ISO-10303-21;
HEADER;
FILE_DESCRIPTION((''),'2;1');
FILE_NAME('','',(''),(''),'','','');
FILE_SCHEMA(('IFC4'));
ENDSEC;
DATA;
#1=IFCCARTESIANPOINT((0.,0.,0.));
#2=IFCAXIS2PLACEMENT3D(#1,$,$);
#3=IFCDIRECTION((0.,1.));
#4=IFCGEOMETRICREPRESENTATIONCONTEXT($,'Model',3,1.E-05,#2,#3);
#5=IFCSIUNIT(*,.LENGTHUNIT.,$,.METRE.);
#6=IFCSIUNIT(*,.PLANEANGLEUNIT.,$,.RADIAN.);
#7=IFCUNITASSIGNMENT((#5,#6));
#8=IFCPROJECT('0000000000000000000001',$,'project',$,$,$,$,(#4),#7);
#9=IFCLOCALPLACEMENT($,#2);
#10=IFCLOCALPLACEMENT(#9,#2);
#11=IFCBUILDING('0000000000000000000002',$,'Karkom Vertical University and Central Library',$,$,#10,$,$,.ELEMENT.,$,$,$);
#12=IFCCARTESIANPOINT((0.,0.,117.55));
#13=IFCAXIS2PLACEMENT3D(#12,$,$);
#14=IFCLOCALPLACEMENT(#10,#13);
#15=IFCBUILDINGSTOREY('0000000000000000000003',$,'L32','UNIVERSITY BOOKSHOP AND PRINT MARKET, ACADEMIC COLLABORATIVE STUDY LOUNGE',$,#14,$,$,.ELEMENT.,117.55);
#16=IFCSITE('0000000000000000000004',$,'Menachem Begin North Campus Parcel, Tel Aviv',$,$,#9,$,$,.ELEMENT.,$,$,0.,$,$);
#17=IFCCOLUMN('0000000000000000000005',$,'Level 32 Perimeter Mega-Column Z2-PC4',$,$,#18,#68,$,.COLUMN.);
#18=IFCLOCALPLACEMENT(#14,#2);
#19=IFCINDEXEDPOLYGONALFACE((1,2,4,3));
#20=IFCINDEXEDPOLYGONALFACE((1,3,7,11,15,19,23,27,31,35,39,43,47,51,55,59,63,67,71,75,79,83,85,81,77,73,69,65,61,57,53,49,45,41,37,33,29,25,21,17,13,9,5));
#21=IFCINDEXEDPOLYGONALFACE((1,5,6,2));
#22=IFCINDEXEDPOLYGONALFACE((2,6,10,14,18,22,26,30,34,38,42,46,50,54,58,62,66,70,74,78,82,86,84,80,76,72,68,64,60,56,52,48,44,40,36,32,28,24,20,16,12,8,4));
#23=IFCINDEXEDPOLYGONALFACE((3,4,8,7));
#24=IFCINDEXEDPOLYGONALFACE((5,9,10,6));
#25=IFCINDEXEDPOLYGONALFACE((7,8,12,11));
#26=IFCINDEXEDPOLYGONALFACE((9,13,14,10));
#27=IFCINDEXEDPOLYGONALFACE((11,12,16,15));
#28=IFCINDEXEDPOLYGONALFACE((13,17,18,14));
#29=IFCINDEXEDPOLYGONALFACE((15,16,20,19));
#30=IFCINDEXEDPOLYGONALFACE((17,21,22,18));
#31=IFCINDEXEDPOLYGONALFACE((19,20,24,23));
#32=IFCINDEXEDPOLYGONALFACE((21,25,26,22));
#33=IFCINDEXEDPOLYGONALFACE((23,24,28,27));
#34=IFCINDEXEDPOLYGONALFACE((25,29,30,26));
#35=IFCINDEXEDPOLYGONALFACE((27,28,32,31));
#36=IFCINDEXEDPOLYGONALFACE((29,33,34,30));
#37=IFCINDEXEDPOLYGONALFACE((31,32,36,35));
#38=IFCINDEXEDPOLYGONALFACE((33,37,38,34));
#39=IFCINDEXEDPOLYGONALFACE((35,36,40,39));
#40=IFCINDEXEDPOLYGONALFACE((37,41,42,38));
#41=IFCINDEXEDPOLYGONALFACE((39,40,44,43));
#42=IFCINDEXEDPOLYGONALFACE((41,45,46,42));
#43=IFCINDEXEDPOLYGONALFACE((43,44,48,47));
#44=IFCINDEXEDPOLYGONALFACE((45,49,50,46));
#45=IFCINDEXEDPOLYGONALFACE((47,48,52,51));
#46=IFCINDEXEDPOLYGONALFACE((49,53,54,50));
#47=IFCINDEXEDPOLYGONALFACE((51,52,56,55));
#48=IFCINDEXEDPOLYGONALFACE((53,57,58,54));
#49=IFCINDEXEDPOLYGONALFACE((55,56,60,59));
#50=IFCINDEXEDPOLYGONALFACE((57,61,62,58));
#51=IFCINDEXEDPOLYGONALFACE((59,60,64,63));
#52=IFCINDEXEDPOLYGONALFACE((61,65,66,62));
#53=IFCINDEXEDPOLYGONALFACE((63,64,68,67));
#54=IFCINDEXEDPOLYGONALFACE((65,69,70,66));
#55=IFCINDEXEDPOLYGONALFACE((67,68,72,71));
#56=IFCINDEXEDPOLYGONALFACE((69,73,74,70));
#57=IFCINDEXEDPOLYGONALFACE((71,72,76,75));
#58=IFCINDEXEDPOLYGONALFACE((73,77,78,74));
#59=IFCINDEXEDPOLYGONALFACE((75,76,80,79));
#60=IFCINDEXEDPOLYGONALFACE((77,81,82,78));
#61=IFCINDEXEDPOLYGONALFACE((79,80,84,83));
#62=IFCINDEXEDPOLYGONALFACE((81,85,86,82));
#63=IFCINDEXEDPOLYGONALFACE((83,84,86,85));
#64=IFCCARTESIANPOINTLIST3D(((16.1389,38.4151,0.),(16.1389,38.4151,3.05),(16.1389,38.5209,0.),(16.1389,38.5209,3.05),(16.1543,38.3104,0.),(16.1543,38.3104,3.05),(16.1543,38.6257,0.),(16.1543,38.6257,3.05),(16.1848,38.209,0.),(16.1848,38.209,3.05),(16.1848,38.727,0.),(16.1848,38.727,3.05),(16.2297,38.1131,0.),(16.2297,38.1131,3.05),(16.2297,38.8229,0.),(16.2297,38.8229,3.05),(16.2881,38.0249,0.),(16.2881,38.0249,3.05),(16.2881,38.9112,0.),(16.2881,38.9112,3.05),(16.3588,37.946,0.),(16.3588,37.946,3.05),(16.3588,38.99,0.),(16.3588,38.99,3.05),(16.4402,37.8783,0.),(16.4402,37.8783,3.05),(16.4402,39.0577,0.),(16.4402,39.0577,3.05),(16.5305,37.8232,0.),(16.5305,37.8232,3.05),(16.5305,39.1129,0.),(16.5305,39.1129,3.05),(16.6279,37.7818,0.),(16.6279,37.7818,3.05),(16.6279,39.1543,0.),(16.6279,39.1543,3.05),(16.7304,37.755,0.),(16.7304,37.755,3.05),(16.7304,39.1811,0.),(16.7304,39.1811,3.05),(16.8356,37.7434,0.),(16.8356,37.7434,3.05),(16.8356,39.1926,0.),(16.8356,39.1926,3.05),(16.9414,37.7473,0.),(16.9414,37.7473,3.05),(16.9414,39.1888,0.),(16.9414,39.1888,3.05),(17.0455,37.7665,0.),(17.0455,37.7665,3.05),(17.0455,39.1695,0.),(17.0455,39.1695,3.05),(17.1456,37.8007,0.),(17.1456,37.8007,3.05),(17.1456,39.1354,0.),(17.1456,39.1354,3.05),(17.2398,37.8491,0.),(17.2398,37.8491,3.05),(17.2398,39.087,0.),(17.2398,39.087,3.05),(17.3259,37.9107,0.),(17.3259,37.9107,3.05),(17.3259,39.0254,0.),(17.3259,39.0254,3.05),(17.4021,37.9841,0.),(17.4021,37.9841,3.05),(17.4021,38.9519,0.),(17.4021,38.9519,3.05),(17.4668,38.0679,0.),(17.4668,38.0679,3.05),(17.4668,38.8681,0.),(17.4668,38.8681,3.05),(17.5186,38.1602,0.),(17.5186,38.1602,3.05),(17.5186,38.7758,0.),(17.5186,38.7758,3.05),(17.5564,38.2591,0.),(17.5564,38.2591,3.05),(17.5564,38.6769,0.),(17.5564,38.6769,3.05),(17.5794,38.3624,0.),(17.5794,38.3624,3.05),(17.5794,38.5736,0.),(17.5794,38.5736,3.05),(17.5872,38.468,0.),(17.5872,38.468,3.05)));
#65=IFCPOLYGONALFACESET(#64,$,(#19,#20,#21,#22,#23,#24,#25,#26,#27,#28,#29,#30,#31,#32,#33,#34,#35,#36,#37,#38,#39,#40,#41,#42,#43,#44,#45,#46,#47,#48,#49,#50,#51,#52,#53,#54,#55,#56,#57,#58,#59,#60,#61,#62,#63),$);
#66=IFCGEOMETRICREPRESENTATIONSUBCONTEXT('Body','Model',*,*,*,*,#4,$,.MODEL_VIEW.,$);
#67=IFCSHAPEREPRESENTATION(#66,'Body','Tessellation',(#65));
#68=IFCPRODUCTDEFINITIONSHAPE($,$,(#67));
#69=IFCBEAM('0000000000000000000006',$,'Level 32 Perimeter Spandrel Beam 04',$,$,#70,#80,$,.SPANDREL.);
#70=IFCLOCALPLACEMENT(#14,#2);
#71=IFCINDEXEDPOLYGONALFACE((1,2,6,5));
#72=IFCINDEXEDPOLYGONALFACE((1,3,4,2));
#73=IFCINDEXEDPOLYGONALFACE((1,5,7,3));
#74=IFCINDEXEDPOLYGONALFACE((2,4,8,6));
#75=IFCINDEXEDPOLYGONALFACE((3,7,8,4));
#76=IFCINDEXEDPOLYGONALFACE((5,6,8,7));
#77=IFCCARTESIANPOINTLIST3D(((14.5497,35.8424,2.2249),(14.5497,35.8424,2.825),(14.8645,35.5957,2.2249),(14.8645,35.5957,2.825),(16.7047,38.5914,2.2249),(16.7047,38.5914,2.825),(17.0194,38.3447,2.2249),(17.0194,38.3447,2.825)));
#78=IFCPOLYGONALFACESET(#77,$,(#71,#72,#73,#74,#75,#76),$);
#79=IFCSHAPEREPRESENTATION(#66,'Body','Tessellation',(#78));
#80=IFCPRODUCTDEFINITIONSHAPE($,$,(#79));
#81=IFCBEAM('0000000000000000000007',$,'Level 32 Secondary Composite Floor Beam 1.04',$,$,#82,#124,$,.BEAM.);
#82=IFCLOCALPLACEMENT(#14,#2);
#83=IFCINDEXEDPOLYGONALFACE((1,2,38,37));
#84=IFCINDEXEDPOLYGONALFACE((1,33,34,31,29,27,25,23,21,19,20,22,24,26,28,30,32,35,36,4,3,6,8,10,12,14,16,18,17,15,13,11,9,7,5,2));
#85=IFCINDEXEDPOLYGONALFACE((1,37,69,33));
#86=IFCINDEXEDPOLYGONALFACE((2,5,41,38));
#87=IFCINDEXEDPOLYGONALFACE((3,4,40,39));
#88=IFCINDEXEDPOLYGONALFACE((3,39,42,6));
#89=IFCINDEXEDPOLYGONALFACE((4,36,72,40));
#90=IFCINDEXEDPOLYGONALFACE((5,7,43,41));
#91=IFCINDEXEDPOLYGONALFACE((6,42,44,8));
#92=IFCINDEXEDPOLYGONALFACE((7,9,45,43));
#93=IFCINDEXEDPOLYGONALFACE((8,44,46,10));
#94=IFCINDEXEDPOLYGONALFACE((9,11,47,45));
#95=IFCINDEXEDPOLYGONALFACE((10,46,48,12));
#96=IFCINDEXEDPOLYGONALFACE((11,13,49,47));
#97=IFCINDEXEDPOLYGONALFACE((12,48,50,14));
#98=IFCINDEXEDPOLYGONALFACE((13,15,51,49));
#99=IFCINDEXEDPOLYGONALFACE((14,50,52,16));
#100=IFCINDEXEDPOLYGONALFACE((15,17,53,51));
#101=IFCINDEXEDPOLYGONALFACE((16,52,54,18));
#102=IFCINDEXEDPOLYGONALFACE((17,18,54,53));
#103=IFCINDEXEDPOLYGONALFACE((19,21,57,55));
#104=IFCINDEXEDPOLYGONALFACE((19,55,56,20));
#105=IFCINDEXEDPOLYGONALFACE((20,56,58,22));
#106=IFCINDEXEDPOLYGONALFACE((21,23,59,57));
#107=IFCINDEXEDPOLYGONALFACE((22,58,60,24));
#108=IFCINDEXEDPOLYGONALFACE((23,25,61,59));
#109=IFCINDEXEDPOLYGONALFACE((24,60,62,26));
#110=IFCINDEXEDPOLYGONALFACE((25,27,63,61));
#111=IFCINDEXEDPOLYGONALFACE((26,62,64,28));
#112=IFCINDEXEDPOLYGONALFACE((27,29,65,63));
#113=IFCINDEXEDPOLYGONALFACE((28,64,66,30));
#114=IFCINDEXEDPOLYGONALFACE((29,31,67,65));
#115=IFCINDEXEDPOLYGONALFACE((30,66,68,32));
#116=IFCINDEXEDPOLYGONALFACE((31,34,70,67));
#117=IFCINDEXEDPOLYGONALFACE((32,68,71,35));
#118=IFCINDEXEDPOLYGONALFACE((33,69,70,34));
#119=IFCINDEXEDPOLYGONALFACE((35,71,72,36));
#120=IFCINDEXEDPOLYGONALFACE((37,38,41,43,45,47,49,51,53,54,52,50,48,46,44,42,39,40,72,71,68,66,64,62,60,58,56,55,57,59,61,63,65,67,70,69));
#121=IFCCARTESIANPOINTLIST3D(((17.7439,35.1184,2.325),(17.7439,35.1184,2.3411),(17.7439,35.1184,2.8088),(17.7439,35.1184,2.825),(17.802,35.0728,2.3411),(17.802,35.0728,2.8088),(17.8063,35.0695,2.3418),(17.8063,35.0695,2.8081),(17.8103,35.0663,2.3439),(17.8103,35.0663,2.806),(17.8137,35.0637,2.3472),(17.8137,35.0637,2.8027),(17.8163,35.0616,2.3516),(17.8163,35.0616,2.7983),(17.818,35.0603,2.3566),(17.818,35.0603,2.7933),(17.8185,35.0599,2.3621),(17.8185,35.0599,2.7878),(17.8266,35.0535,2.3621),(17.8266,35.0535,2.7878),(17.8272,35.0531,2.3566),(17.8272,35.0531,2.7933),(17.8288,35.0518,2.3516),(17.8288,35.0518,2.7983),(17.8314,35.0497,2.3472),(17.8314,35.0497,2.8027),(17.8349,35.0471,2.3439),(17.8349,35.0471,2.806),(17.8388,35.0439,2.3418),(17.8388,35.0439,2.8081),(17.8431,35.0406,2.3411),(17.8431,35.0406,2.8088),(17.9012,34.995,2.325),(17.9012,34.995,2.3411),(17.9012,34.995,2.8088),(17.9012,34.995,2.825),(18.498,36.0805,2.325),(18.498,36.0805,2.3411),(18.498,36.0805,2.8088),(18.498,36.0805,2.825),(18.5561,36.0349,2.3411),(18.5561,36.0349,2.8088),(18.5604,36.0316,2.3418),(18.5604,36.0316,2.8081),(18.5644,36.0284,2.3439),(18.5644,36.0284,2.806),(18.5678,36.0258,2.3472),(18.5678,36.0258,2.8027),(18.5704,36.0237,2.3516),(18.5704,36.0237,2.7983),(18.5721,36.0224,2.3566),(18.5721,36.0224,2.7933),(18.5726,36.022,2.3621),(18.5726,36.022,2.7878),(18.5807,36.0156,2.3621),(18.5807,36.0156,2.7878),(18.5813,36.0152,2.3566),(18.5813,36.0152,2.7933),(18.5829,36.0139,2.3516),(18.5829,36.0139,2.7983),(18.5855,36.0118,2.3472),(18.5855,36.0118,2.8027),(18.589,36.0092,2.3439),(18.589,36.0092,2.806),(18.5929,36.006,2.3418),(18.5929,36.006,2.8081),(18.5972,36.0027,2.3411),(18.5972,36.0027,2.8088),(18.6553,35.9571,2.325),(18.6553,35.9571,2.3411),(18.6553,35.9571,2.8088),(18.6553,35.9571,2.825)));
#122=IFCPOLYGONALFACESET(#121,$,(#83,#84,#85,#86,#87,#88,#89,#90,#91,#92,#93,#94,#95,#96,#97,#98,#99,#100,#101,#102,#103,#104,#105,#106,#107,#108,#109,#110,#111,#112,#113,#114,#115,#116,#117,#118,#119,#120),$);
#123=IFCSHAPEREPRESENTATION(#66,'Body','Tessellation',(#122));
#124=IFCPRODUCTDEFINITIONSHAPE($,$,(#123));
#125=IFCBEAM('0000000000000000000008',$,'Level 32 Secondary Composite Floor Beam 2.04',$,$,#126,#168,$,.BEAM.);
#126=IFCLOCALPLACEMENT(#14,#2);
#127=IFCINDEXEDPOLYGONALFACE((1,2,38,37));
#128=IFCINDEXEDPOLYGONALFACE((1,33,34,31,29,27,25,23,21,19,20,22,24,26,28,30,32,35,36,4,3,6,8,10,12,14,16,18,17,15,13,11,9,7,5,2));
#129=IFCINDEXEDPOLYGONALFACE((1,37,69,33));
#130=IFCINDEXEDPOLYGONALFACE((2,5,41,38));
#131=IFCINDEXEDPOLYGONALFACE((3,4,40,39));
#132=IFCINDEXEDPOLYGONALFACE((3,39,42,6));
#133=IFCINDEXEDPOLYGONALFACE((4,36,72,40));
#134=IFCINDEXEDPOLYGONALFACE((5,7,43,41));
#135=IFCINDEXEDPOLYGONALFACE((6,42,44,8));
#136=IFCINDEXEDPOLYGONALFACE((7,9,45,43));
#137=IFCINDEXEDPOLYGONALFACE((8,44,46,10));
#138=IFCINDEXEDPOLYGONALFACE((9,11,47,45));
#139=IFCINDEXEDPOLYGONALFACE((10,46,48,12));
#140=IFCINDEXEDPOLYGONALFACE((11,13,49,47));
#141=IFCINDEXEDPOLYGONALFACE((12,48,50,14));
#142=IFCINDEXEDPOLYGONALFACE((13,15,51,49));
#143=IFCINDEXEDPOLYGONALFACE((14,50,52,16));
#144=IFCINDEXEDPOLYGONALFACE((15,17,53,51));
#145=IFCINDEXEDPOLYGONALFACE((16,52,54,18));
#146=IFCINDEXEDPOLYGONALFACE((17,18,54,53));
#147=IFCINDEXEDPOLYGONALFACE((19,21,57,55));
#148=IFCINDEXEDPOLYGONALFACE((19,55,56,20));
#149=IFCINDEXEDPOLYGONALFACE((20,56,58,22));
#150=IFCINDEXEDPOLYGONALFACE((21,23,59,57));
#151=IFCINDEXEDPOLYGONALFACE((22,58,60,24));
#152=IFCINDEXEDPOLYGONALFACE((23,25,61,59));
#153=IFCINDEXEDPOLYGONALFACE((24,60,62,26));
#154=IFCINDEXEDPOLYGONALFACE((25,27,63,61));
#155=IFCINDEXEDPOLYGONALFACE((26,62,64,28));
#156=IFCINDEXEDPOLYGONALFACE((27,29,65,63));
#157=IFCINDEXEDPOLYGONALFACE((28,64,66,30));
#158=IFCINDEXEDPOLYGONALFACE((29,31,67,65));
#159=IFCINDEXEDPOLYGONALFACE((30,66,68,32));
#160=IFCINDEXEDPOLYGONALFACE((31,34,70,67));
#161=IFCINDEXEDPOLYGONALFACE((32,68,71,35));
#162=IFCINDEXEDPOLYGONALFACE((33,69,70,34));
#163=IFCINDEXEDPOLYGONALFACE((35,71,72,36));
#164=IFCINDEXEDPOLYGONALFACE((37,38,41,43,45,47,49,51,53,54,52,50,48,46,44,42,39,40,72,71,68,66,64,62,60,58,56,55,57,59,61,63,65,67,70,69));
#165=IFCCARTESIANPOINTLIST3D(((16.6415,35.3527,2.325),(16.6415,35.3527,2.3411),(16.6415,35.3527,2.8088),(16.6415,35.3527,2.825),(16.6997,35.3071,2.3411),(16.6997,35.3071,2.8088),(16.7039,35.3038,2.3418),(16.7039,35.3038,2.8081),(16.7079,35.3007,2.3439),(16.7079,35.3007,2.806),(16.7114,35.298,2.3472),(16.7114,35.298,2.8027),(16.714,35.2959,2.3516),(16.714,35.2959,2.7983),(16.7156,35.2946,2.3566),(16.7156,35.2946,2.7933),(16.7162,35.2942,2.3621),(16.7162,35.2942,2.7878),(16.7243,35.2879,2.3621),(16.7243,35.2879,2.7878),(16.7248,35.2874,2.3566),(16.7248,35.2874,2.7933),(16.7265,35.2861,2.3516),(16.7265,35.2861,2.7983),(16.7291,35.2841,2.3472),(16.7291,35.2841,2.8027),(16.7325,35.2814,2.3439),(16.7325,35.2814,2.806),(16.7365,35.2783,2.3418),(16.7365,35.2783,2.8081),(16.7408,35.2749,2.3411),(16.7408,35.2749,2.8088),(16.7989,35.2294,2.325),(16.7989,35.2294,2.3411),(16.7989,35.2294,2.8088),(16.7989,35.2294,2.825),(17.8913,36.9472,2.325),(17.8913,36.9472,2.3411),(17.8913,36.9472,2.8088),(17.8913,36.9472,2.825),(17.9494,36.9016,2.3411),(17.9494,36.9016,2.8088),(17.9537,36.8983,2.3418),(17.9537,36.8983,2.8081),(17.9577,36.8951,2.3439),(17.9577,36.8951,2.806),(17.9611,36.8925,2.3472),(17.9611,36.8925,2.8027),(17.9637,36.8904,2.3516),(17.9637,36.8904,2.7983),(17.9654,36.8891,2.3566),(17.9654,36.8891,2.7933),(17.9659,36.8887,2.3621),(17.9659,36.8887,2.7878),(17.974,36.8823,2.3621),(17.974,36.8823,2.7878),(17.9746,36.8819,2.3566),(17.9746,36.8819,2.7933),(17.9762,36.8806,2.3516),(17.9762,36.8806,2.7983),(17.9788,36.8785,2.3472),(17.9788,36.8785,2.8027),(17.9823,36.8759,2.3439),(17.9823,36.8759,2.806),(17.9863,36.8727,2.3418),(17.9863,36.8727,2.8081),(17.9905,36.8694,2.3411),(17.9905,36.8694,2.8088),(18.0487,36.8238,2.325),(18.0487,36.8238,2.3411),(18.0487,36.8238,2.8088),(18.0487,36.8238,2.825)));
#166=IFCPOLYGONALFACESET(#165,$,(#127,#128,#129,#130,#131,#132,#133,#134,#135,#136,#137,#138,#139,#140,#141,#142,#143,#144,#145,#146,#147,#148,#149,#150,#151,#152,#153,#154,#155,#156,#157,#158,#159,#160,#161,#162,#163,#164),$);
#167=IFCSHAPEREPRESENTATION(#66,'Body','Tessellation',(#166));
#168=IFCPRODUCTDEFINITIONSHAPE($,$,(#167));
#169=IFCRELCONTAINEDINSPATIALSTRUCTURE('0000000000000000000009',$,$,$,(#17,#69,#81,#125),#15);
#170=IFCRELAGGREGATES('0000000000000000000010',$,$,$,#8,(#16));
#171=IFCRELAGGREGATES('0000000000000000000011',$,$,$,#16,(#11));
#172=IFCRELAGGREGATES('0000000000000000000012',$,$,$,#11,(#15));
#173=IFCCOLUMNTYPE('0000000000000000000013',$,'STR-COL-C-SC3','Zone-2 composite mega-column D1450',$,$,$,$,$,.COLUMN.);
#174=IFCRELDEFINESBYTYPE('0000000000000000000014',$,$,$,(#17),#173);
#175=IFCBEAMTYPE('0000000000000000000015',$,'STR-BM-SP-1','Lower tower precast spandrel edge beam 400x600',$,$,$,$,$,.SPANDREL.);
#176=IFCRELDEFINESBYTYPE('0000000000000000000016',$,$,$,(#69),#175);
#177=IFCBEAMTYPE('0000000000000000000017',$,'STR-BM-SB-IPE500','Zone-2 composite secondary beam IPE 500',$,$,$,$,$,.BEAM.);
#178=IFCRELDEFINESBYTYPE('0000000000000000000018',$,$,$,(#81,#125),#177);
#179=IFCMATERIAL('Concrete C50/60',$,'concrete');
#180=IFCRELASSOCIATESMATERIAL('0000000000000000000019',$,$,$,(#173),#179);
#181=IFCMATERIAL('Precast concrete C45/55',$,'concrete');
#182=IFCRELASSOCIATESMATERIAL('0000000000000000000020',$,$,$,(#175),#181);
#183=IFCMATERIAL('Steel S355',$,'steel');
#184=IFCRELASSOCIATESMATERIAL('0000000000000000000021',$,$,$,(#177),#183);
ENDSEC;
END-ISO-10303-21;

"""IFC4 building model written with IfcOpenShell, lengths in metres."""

from ifc_helpers import new_model, si_unit, direction, frame, origin, origin_with_axes, origin_2d, place, context, subcontext, project, spatial, rectangle, circle, i_section, extrude, source, transform, mapped, material, material_profile, profile_set, type_object, element, save


model = new_model("IFC4")

# Units and contexts
model_context = context("Model", 3, precision=1e-05, world=origin(), true_north=direction((0.0, 1.0)))
body_context = subcontext(model_context, "Body", "Model", "MODEL_VIEW")
ifc_project = project(units=[si_unit("LENGTHUNIT", "METRE"), si_unit("PLANEANGLEUNIT", "RADIAN")], contexts=[model_context])

# Site, building, storey
site_placement = place(None, origin())
site = spatial("IfcSite", under=ifc_project, at=site_placement, Name="Menachem Begin North Campus Parcel, Tel Aviv", CompositionType="ELEMENT", RefElevation=0.0)
building_placement = place(site_placement, origin())
building = spatial("IfcBuilding", under=site, at=building_placement, Name="Karkom Vertical University and Central Library", CompositionType="ELEMENT")
storey_placement = place(building_placement, frame((0.0, 0.0, 117.55)))
storey = spatial("IfcBuildingStorey", under=building, at=storey_placement, Name="L32", Description="UNIVERSITY BOOKSHOP AND PRINT MARKET, ACADEMIC COLLABORATIVE STUDY LOUNGE", CompositionType="ELEMENT", Elevation=117.55)

# Column
ifc_material_1 = material(Name="Concrete C50/60", Category="concrete")
ifc_material_profile_1 = material_profile(ifc_material_1, circle(Radius=0.7251, at=origin_2d()), Name="CFT-D1450")
ifc_profile_set_1 = profile_set([ifc_material_profile_1], Name="Concrete C50/60")
column_type = type_object("IfcColumnType", Name="STR-COL-C-SC3", Description="Zone-2 composite mega-column D1450", PredefinedType="COLUMN", material=ifc_profile_set_1)
shared_shape_1 = source(origin_with_axes(), body_context, "Body", "SweptSolid", [
    extrude(circle(Radius=0.7251, at=origin_2d()), origin(), (0.0, 0.0, 1.0), 3.05),
])
column_placement = place(storey_placement, frame((16.8621, 38.468, 0.0), z_axis=(0.0, 0.0, 1.0), x_axis=(1.0, 0.0, 0.0)))
element("IfcColumn", 1, at=column_placement, inside=storey, type_object=column_type, Name="Level 32 Perimeter Mega-Column Z2-PC4", PredefinedType="COLUMN", context=body_context, shape_type="MappedRepresentation", body=[
    mapped(shared_shape_1, transform((0.0, 0.0, 0.0), scale=1.0)),
])

# Beams
ifc_material_2 = material(Name="Precast concrete C45/55", Category="concrete")
ifc_material_profile_2 = material_profile(ifc_material_2, rectangle(XDim=0.3999, YDim=0.6001, at=origin_2d()), Name="SPB-400x600")
ifc_profile_set_2 = profile_set([ifc_material_profile_2], Name="Precast concrete C45/55")
beam_type_1 = type_object("IfcBeamType", Name="STR-BM-SP-1", Description="Lower tower precast spandrel edge beam 400x600", PredefinedType="SPANDREL", material=ifc_profile_set_2)
shared_shape_2 = source(origin_with_axes(), body_context, "Body", "SweptSolid", [
    extrude(rectangle(XDim=0.3999, YDim=0.6001, at=origin_2d()), origin(), (0.0, 0.0, 1.0), 3.4929),
])
beam_1_placement = place(storey_placement, frame((16.8621, 38.468, 2.5249), z_axis=(-0.616951, -0.787002, 0.0), x_axis=(0.787002, -0.616951, 0.0)))
element("IfcBeam", 2, at=beam_1_placement, inside=storey, type_object=beam_type_1, Name="Level 32 Perimeter Spandrel Beam 04", PredefinedType="SPANDREL", context=body_context, shape_type="MappedRepresentation", body=[
    mapped(shared_shape_2, transform((0.0, 0.0, 0.0), scale=1.0)),
])
ifc_material_3 = material(Name="Steel S355", Category="steel")
ifc_material_profile_3 = material_profile(ifc_material_3, i_section(OverallWidth=0.2, OverallDepth=0.5, WebThickness=0.0103, FlangeThickness=0.0161, FilletRadius=0.021, at=origin_2d()), Name="IPE 500")
ifc_profile_set_3 = profile_set([ifc_material_profile_3], Name="Steel S355")
beam_type_2 = type_object("IfcBeamType", Name="STR-BM-SB-IPE500", Description="Zone-2 composite secondary beam IPE 500", PredefinedType="BEAM", material=ifc_profile_set_3)
shared_shape_3 = source(origin_with_axes(), body_context, "Body", "SweptSolid", [
    extrude(i_section(OverallWidth=0.2, OverallDepth=0.5, WebThickness=0.0103, FlangeThickness=0.0161, FilletRadius=0.021, at=origin_2d()), origin(), (0.0, 0.0, 1.0), 1.2224),
])
beam_2_placement = place(storey_placement, frame((18.5767, 36.0188, 2.575), z_axis=(-0.616895, -0.787045, 0.0), x_axis=(0.787045, -0.616895, 0.0)))
element("IfcBeam", 3, at=beam_2_placement, inside=storey, type_object=beam_type_2, Name="Level 32 Secondary Composite Floor Beam 1.04", PredefinedType="BEAM", context=body_context, shape_type="MappedRepresentation", body=[
    mapped(shared_shape_3, transform((0.0, 0.0, 0.0), scale=1.0)),
])
shared_shape_4 = source(origin_with_axes(), body_context, "Body", "SweptSolid", [
    extrude(i_section(OverallWidth=0.2, OverallDepth=0.5, WebThickness=0.0103, FlangeThickness=0.0161, FilletRadius=0.021, at=origin_2d()), origin(), (0.0, 0.0, 1.0), 2.0259),
])
beam_3_placement = place(storey_placement, frame((17.97, 36.8855, 2.575), z_axis=(-0.61689, -0.78705, 0.0), x_axis=(0.78705, -0.61689, 0.0)))
element("IfcBeam", 4, at=beam_3_placement, inside=storey, type_object=beam_type_2, Name="Level 32 Secondary Composite Floor Beam 2.04", PredefinedType="BEAM", context=body_context, shape_type="MappedRepresentation", body=[
    mapped(shared_shape_4, transform((0.0, 0.0, 0.0), scale=1.0)),
])

save(model, "model.ifc")
